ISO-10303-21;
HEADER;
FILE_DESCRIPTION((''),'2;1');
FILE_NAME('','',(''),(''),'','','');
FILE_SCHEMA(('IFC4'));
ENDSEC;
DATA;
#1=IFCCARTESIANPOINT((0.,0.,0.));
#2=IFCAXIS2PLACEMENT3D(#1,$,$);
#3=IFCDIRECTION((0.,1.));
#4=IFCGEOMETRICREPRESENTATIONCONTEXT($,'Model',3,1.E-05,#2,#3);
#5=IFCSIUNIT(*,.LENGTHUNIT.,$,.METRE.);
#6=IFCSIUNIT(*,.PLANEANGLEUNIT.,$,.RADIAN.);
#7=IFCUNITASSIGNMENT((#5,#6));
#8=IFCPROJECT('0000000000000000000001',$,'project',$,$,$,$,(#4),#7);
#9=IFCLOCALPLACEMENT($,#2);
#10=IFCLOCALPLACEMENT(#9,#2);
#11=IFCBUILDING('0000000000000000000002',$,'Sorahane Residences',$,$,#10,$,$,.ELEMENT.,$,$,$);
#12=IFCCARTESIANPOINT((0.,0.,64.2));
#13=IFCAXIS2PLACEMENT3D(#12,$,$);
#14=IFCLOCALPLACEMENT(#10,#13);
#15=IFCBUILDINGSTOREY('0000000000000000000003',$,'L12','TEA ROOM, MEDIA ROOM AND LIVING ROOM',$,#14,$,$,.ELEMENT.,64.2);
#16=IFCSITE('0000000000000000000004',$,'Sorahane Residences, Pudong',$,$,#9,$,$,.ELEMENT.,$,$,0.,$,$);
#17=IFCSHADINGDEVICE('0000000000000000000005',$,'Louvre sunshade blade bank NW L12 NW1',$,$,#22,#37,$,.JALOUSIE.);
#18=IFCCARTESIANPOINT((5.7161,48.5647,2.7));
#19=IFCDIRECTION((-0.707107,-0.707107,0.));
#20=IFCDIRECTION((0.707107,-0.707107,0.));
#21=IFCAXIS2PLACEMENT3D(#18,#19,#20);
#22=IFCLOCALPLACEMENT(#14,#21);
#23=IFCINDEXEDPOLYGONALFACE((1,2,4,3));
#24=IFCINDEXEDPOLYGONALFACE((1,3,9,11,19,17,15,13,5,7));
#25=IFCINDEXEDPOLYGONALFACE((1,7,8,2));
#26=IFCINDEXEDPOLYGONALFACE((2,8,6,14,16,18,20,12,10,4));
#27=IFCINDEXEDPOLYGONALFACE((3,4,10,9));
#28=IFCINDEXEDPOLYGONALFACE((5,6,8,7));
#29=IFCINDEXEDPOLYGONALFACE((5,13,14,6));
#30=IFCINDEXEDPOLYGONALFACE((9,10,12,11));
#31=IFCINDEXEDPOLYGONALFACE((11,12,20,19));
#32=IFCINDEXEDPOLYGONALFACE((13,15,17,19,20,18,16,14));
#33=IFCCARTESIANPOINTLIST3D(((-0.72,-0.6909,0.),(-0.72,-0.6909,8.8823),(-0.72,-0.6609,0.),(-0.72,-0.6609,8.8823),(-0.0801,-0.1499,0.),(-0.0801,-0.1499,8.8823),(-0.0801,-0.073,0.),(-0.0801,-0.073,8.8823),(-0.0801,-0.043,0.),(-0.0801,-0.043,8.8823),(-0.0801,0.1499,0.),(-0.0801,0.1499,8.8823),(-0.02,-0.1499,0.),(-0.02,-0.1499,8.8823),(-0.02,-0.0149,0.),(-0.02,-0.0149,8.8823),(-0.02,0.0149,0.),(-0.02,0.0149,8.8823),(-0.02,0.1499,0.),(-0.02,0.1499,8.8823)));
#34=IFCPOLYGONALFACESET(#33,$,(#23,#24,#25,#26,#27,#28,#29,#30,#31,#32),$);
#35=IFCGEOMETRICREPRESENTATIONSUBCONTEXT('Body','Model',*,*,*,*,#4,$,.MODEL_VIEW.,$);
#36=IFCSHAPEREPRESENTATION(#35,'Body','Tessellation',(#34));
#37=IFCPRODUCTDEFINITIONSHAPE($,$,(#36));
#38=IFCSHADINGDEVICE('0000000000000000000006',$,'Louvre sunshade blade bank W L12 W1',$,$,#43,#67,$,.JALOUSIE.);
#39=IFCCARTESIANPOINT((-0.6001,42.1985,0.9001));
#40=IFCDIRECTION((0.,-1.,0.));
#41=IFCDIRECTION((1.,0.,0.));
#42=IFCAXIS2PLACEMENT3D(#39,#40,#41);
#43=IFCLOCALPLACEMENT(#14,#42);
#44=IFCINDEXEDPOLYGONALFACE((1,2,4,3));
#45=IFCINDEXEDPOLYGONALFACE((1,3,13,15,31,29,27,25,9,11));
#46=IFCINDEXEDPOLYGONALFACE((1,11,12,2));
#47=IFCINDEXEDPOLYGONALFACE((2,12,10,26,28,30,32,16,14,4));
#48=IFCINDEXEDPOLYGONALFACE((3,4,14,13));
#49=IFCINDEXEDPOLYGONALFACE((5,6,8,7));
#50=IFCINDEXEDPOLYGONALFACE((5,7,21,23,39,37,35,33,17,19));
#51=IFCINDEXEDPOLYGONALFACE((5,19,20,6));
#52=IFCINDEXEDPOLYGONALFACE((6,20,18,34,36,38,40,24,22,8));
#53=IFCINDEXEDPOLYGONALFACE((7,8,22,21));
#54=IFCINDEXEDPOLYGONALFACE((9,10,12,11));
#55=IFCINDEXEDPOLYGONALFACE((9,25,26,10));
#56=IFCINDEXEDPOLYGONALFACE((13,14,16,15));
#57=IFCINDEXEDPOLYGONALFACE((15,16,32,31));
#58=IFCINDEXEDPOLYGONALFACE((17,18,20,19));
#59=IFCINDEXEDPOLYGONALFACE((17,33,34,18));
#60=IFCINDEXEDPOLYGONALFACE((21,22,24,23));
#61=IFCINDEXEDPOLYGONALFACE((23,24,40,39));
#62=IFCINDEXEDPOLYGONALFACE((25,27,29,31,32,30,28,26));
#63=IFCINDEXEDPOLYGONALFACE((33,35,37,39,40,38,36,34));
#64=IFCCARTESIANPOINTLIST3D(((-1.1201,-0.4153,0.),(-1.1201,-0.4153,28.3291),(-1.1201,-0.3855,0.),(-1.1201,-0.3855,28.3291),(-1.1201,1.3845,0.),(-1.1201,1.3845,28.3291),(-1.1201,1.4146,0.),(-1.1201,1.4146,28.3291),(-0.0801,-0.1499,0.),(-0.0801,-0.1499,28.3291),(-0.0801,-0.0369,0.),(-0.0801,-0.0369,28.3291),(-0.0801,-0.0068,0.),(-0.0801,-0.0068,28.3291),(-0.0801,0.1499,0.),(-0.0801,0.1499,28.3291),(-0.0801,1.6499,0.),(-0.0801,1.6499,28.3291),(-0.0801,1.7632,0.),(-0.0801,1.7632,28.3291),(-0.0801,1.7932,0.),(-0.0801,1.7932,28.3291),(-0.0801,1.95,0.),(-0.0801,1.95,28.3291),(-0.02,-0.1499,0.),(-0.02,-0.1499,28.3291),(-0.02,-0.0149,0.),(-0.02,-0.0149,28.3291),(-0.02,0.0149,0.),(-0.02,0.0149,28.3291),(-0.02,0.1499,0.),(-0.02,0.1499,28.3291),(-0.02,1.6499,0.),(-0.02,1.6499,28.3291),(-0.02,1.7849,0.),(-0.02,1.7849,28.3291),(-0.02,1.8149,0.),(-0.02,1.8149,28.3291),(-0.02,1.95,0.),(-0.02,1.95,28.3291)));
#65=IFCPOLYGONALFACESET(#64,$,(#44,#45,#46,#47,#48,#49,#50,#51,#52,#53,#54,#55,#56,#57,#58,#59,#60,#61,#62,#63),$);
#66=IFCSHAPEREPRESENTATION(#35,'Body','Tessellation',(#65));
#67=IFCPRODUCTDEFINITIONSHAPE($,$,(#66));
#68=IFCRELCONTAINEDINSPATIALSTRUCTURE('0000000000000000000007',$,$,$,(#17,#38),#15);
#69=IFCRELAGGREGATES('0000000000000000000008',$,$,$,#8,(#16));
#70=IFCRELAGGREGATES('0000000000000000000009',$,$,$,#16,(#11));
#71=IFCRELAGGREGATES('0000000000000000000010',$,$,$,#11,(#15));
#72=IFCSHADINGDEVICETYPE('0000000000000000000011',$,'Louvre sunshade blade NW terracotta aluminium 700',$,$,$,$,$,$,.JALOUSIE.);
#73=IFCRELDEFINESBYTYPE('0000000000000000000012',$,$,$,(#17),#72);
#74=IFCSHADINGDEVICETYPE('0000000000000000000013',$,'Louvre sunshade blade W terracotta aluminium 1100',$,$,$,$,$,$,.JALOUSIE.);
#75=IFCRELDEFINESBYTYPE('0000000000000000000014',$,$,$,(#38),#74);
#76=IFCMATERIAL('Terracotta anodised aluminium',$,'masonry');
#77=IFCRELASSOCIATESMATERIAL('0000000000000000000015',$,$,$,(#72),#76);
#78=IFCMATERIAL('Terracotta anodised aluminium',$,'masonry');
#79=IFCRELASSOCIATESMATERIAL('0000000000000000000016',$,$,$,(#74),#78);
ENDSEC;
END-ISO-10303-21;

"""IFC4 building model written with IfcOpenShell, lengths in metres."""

from ifc_helpers import new_model, si_unit, direction, frame, origin, place, context, subcontext, project, spatial, polyline, outline, composite_profile, extrude, material, type_object, element, save


model = new_model("IFC4")

# Units and contexts
model_context = context("Model", 3, precision=1e-05, world=origin(), true_north=direction((0.0, 1.0)))
body_context = subcontext(model_context, "Body", "Model", "MODEL_VIEW")
ifc_project = project(units=[si_unit("LENGTHUNIT", "METRE"), si_unit("PLANEANGLEUNIT", "RADIAN")], contexts=[model_context])

# Site, building, storey
site_placement = place(None, origin())
site = spatial("IfcSite", under=ifc_project, at=site_placement, Name="Sorahane Residences, Pudong", CompositionType="ELEMENT", RefElevation=0.0)
building_placement = place(site_placement, origin())
building = spatial("IfcBuilding", under=site, at=building_placement, Name="Sorahane Residences", CompositionType="ELEMENT")
storey_placement = place(building_placement, frame((0.0, 0.0, 64.2)))
storey = spatial("IfcBuildingStorey", under=building, at=storey_placement, Name="L12", Description="TEA ROOM, MEDIA ROOM AND LIVING ROOM", CompositionType="ELEMENT", Elevation=64.2)

# Shading devices
ifc_material_1 = material(Name="Terracotta anodised aluminium", Category="masonry")
shading_device_type_1 = type_object("IfcShadingDeviceType", Name="Louvre sunshade blade NW terracotta aluminium 700", PredefinedType="JALOUSIE", material=ifc_material_1)
shading_device_1_placement = place(storey_placement, frame((5.7161, 48.5647, 2.7), z_axis=(-0.707107, -0.707107, 0.0), x_axis=(0.707107, -0.707107, 0.0)))
element("IfcShadingDevice", 1, at=shading_device_1_placement, inside=storey, type_object=shading_device_type_1, Name="Louvre sunshade blade bank NW L12 NW1", PredefinedType="JALOUSIE", context=body_context, shape_type="SweptSolid", body=[
    extrude(outline(polyline([(-0.72, -0.6609), (-0.72, -0.6909), (-0.0801, -0.073), (-0.0801, -0.1499), (-0.02, -0.1499), (-0.02, -0.0149), (-0.02, 0.0149), (-0.02, 0.1499), (-0.0801, 0.1499), (-0.0801, -0.043), (-0.72, -0.6609)])), origin(), (0.0, 0.0, 1.0), 8.8823),
])
ifc_material_2 = material(Name="Terracotta anodised aluminium", Category="masonry")
shading_device_type_2 = type_object("IfcShadingDeviceType", Name="Louvre sunshade blade W terracotta aluminium 1100", PredefinedType="JALOUSIE", material=ifc_material_2)
shading_device_2_placement = place(storey_placement, frame((-0.6001, 42.1985, 0.9001), z_axis=(0.0, -1.0, 0.0), x_axis=(1.0, 0.0, 0.0)))
element("IfcShadingDevice", 2, at=shading_device_2_placement, inside=storey, type_object=shading_device_type_2, Name="Louvre sunshade blade bank W L12 W1", PredefinedType="JALOUSIE", context=body_context, shape_type="SweptSolid", body=[
    extrude(composite_profile([outline(polyline([(-1.1201, -0.3855), (-1.1201, -0.4153), (-0.0801, -0.0369), (-0.0801, -0.1499), (-0.02, -0.1499), (-0.02, -0.0149), (-0.02, 0.0149), (-0.02, 0.1499), (-0.0801, 0.1499), (-0.0801, -0.0068), (-1.1201, -0.3855)])), outline(polyline([(-1.1201, 1.4146), (-1.1201, 1.3845), (-0.0801, 1.7632), (-0.0801, 1.6499), (-0.02, 1.6499), (-0.02, 1.7849), (-0.02, 1.8149), (-0.02, 1.95), (-0.0801, 1.95), (-0.0801, 1.7932), (-1.1201, 1.4146)]))]), origin(), (0.0, 0.0, 1.0), 28.3291),
])

save(model, "model.ifc")
